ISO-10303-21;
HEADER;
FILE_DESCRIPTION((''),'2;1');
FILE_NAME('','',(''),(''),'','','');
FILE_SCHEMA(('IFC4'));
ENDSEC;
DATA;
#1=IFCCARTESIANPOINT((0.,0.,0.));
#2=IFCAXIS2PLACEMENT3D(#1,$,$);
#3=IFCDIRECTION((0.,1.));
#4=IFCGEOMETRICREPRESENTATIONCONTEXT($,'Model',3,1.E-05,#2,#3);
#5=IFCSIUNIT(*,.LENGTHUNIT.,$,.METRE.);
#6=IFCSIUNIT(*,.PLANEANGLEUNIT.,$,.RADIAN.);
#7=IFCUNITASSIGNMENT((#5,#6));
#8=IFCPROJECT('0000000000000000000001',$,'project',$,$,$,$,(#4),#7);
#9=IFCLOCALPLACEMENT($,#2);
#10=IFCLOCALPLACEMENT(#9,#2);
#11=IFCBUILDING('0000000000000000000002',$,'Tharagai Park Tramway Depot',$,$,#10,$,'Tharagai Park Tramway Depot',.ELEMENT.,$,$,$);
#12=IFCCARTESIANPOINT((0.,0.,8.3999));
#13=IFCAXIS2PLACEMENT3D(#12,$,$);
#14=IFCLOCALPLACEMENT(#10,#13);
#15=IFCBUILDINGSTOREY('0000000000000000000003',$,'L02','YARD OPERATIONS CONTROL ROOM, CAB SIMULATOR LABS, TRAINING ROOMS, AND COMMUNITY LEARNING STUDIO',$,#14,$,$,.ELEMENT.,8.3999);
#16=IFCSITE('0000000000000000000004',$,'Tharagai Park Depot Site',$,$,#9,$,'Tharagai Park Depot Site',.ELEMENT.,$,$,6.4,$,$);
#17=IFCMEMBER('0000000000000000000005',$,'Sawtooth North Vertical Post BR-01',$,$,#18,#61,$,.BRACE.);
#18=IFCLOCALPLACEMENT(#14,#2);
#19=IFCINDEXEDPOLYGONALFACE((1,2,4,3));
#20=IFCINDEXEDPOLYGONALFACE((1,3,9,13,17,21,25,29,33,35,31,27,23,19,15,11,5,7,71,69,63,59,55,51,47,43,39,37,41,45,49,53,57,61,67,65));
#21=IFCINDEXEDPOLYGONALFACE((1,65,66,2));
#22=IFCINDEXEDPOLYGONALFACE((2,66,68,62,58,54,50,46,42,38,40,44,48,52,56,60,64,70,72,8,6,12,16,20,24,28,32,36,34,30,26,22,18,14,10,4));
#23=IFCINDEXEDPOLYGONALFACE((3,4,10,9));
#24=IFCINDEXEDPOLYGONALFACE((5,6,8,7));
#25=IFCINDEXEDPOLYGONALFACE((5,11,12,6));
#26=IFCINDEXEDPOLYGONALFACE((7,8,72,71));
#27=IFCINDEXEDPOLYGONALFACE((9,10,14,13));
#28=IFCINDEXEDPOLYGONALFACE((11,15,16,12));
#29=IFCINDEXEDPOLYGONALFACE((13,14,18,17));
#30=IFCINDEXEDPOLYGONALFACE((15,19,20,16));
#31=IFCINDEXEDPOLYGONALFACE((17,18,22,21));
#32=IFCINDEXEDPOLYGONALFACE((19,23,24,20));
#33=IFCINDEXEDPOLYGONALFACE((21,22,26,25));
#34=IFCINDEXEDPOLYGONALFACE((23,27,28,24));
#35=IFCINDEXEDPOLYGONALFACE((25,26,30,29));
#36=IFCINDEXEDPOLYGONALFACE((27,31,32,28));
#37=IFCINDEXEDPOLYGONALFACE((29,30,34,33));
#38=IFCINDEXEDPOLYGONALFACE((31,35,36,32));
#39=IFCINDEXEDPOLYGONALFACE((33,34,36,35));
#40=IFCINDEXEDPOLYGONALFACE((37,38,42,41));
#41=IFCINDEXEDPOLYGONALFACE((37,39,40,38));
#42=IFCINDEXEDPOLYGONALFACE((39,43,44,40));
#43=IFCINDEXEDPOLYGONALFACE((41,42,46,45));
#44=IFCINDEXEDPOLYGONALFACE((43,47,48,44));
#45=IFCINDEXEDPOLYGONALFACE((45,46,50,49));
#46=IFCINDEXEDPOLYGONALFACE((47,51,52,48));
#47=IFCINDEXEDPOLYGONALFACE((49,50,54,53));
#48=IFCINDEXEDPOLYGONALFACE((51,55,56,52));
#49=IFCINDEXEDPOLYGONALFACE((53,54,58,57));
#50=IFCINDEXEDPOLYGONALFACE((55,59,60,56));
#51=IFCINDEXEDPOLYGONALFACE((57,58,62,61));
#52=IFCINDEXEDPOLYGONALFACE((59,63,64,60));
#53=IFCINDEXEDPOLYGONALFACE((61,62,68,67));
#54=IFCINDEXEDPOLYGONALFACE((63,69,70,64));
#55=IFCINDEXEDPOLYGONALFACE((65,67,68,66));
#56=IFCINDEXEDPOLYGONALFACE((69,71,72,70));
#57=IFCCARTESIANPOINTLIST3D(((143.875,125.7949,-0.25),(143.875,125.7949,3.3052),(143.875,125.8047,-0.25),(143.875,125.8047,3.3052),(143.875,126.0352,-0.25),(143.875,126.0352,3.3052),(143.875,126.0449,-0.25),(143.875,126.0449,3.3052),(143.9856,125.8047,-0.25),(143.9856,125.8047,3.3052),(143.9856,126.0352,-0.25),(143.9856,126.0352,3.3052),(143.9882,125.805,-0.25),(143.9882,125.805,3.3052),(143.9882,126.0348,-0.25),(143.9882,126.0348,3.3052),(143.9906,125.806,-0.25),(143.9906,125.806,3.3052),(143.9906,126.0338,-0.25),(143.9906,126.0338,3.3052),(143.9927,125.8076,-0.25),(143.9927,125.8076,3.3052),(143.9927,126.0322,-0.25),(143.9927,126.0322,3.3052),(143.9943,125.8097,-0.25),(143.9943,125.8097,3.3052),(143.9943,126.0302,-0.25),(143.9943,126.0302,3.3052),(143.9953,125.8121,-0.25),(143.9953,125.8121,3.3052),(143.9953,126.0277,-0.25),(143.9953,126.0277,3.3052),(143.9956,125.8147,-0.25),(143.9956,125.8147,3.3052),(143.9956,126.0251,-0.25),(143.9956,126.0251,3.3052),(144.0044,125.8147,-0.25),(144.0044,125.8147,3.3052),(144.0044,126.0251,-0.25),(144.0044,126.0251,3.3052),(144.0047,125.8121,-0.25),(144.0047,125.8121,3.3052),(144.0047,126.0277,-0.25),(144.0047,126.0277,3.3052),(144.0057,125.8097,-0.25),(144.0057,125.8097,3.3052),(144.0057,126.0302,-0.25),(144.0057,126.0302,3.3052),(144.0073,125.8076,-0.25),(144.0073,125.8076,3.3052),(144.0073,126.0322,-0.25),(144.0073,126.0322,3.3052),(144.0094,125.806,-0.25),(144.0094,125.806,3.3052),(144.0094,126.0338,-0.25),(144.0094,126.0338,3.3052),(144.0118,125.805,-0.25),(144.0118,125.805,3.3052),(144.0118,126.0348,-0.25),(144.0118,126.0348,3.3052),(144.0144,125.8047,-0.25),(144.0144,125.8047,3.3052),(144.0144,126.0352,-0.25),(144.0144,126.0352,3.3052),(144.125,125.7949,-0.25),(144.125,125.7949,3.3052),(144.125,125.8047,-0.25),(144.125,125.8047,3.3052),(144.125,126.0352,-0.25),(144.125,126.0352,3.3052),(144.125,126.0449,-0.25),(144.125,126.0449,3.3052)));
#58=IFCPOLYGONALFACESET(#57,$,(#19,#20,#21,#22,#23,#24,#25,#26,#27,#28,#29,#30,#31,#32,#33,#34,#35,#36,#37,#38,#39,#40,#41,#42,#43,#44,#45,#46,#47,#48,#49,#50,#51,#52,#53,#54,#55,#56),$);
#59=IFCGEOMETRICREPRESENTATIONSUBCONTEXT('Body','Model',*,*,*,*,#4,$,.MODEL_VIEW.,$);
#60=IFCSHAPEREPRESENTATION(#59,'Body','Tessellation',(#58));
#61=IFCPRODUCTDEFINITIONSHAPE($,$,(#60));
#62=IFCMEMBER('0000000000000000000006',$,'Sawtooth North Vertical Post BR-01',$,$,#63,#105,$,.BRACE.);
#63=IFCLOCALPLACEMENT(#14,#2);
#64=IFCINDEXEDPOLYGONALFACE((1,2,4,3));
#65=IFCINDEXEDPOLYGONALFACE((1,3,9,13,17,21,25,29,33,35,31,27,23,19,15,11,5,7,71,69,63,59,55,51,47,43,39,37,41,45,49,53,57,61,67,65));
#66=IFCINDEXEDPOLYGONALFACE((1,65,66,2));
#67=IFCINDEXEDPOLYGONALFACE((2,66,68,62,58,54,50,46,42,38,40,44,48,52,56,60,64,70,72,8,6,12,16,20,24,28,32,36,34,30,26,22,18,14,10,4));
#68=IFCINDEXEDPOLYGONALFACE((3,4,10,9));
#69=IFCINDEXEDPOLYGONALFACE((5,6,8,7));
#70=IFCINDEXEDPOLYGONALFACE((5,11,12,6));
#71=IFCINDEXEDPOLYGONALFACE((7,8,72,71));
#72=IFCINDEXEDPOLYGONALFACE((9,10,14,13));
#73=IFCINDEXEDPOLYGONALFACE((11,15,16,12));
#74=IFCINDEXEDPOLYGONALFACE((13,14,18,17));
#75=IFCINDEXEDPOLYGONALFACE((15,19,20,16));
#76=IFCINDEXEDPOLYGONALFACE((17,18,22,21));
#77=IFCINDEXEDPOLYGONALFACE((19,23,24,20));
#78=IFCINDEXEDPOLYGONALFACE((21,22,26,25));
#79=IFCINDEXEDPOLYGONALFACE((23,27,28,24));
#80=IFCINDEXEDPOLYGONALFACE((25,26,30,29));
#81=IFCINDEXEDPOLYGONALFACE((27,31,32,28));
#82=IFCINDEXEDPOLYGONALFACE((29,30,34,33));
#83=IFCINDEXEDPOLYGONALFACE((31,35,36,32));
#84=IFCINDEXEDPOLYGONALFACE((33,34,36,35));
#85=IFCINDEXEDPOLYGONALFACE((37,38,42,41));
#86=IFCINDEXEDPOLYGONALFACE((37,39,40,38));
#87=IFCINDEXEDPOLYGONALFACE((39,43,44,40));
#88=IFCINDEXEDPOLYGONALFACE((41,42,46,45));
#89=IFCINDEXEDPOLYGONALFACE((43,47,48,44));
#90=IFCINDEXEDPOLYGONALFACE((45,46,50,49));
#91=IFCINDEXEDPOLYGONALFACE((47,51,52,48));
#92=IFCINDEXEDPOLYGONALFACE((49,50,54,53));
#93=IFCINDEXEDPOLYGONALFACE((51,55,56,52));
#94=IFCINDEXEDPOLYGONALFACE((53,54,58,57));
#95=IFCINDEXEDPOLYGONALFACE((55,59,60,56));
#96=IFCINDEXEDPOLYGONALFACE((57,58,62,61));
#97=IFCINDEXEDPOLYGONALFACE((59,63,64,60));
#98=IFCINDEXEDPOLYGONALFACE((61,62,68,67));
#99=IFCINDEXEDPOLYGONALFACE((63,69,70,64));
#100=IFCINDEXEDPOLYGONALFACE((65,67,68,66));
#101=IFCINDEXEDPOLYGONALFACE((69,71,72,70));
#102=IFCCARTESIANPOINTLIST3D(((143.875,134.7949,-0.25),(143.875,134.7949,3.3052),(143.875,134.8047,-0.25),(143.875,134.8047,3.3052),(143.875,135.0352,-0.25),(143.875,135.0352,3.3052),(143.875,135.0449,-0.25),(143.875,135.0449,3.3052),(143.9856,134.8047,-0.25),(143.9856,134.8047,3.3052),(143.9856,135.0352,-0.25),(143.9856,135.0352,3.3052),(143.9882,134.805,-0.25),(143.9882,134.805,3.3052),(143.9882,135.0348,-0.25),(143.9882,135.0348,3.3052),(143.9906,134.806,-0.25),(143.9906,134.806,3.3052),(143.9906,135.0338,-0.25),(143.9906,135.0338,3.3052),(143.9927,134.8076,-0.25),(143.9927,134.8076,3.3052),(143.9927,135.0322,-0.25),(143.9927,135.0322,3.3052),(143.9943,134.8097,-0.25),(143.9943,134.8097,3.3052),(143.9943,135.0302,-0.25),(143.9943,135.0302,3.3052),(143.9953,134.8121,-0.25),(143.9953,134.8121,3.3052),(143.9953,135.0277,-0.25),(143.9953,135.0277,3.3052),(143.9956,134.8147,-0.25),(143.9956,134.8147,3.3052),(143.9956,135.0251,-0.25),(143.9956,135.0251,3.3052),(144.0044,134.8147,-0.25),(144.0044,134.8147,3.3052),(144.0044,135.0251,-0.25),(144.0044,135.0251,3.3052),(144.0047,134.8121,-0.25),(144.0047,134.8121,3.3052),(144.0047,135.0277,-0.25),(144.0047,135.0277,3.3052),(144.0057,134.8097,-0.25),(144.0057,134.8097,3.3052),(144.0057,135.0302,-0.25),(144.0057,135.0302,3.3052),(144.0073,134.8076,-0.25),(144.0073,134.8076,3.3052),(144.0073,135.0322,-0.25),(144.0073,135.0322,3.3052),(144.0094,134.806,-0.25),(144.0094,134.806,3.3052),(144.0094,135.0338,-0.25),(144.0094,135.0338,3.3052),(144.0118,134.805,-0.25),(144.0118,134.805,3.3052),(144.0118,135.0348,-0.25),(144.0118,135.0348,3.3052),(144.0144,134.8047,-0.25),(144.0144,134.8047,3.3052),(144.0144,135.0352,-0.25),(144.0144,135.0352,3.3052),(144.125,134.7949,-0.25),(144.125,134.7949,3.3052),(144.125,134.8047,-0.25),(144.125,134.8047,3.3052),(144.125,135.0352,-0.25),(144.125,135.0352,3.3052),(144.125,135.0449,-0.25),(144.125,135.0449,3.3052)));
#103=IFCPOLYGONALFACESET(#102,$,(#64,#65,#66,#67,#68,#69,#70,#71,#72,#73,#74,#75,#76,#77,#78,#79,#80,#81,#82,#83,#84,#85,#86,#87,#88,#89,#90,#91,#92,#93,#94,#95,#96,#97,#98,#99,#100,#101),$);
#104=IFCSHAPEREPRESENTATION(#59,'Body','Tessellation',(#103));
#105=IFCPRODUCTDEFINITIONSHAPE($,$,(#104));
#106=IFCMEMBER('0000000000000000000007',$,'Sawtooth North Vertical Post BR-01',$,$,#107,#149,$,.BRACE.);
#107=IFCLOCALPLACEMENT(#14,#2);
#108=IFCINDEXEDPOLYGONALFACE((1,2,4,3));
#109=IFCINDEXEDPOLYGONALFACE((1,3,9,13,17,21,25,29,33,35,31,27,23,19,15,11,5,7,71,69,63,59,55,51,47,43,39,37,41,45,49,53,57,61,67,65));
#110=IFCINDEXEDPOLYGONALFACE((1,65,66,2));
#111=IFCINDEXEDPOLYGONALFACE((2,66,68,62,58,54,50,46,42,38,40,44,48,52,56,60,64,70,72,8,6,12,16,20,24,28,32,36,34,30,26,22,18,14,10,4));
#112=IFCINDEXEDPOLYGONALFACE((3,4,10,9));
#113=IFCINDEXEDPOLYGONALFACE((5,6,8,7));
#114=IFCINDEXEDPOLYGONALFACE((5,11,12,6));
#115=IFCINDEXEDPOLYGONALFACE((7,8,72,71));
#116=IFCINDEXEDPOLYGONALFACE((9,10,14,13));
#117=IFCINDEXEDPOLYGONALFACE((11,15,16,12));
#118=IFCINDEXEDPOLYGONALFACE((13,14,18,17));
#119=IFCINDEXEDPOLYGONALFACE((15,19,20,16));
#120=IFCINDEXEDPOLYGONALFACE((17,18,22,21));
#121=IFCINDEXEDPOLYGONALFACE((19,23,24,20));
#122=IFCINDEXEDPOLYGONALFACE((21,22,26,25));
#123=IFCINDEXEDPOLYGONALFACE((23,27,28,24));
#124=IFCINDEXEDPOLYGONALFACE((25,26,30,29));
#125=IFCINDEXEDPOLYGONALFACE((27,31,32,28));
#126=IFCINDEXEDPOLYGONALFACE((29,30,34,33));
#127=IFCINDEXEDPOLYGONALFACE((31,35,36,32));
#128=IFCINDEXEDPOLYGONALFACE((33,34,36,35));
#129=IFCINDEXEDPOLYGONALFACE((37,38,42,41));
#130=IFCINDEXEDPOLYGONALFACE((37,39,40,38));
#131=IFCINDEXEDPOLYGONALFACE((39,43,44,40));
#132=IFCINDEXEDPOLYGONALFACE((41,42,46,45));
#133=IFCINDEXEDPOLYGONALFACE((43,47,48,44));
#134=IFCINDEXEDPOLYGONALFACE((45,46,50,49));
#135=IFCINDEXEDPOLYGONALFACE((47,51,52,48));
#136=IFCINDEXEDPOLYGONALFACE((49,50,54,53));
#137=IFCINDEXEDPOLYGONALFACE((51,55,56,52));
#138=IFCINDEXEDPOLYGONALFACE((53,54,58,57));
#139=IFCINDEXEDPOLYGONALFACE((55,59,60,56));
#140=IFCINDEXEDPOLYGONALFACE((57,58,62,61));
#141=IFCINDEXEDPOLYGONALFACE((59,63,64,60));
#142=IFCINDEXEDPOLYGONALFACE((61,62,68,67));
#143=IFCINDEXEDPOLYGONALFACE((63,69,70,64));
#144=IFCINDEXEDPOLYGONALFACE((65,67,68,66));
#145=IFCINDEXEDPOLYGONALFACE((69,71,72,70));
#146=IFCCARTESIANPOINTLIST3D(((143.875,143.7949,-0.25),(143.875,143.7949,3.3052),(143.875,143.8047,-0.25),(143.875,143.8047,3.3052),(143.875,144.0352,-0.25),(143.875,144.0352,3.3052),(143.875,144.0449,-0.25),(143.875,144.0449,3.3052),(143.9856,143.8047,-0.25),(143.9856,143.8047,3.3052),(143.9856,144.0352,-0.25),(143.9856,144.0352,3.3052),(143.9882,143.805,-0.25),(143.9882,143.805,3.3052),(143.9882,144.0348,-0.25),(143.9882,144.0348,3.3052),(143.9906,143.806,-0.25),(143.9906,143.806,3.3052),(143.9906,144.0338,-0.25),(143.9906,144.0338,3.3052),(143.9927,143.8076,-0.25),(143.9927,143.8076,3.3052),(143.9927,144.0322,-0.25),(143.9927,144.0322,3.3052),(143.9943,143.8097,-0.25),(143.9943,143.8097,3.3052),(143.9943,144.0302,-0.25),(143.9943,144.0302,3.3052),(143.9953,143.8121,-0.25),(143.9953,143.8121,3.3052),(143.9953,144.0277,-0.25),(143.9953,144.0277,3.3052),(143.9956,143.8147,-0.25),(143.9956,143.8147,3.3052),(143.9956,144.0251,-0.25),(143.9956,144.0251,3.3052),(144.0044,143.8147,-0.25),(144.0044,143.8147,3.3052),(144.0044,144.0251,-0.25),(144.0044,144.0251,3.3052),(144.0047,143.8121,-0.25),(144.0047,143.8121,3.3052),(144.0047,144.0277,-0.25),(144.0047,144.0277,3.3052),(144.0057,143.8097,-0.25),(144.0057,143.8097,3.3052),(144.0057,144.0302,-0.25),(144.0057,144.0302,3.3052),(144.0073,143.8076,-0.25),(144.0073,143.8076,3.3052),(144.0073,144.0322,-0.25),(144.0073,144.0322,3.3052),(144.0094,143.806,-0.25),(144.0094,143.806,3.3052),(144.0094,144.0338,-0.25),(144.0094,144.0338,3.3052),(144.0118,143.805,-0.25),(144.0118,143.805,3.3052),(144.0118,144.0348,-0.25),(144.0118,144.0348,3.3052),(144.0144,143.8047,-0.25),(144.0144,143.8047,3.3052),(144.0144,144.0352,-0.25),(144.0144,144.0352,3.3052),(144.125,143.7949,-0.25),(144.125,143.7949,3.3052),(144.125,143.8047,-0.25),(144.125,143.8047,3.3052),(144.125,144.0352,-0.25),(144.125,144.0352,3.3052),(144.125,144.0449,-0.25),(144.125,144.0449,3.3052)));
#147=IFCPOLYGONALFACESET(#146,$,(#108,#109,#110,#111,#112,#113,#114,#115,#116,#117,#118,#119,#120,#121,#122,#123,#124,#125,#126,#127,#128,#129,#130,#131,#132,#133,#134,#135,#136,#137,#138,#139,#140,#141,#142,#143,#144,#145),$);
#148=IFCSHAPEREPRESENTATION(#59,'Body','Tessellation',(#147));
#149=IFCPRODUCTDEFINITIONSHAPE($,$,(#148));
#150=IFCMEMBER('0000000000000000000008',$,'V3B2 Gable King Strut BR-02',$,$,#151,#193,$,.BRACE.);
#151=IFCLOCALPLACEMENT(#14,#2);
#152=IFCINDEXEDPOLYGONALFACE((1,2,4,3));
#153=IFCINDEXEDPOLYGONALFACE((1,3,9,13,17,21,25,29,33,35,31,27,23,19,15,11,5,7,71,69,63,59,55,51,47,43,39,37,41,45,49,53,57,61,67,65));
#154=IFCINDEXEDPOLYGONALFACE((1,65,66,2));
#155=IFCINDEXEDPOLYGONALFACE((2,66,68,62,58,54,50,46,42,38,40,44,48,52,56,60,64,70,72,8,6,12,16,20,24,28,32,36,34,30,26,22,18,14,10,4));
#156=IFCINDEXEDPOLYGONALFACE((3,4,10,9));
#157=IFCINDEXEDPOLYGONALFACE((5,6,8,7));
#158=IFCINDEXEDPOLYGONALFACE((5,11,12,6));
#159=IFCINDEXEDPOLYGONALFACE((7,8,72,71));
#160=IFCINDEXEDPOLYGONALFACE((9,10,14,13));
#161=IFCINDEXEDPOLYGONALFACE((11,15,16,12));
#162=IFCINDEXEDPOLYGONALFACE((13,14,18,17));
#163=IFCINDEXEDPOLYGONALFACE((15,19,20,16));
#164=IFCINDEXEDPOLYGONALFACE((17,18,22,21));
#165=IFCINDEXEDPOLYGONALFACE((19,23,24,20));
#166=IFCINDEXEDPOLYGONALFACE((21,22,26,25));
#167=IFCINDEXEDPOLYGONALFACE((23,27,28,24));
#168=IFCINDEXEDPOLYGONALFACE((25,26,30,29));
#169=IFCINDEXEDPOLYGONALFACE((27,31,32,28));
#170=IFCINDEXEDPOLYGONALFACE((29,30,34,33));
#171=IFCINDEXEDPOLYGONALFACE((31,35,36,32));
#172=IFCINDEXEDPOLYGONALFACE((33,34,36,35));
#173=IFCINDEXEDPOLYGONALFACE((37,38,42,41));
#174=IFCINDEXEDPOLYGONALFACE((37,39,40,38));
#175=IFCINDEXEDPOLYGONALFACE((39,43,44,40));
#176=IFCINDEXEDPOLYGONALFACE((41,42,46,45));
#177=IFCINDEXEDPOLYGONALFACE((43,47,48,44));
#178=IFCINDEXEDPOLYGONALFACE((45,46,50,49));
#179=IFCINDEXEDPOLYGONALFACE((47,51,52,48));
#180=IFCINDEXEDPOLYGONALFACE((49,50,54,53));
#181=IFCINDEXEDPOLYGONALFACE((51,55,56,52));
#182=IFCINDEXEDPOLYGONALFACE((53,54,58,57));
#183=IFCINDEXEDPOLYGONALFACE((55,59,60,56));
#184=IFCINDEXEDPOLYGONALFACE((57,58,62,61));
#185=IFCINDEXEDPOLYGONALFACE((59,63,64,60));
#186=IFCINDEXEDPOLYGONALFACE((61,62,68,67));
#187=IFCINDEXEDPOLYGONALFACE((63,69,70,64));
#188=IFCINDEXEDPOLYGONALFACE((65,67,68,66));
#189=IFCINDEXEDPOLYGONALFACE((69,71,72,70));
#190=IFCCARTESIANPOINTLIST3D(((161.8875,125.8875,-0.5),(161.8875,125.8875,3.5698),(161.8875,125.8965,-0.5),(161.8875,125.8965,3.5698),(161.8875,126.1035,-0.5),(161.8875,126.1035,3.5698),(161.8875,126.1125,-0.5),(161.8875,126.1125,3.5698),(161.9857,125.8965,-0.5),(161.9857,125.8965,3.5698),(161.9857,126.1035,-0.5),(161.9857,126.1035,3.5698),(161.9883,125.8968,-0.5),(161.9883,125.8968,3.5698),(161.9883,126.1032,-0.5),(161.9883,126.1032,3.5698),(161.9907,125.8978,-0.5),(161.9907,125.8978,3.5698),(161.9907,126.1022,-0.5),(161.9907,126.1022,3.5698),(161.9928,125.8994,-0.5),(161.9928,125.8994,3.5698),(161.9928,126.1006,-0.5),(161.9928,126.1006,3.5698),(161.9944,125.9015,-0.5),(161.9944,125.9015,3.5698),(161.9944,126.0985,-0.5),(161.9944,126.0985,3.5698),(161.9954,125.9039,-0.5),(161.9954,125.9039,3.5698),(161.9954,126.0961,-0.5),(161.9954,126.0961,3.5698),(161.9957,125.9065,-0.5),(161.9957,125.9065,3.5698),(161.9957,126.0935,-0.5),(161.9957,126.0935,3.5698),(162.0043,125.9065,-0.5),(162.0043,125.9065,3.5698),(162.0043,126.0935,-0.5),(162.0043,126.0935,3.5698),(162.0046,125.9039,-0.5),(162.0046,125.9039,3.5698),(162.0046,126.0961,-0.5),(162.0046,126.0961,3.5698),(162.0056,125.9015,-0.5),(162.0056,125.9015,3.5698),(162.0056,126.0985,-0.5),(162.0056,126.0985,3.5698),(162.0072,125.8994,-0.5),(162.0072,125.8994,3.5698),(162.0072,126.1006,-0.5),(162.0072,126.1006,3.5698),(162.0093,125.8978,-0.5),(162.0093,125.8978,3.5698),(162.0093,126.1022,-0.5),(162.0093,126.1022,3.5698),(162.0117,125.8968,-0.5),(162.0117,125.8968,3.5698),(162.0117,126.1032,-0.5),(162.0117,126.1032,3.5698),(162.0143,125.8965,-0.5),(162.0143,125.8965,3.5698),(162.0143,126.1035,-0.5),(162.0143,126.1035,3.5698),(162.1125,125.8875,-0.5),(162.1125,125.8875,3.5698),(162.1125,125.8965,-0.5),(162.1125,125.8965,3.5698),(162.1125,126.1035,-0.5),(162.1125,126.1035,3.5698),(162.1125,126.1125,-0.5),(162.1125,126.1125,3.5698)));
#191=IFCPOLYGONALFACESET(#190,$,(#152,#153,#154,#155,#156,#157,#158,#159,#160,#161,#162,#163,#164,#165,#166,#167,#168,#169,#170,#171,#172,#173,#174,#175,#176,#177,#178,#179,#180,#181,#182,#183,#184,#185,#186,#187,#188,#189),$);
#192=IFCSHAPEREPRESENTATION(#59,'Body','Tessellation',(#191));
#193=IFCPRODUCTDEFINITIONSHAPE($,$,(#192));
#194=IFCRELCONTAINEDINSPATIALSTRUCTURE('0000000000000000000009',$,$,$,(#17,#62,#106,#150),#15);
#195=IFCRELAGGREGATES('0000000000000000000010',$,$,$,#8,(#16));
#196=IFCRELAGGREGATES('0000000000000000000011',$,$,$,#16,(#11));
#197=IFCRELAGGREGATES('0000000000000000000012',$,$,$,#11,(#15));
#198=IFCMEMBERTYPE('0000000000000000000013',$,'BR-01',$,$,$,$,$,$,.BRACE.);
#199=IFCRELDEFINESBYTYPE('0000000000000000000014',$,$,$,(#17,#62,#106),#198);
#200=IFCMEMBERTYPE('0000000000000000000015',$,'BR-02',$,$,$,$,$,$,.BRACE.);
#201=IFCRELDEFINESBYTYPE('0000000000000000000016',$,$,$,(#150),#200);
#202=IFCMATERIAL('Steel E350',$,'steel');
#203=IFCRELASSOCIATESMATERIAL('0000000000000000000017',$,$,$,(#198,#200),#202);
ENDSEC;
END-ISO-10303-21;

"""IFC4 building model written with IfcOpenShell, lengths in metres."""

from ifc_helpers import new_model, si_unit, direction, frame, origin, origin_2d, place, context, subcontext, project, spatial, i_section, extrude, material, material_profile, profile_set, type_object, element, save


model = new_model("IFC4")

# Units and contexts
model_context = context("Model", 3, precision=1e-05, world=origin(), true_north=direction((0.0, 1.0)))
body_context = subcontext(model_context, "Body", "Model", "MODEL_VIEW")
ifc_project = project(units=[si_unit("LENGTHUNIT", "METRE"), si_unit("PLANEANGLEUNIT", "RADIAN")], contexts=[model_context])

# Site, building, storey
site_placement = place(None, origin())
site = spatial("IfcSite", under=ifc_project, at=site_placement, Name="Tharagai Park Depot Site", LongName="Tharagai Park Depot Site", CompositionType="ELEMENT", RefElevation=6.4)
building_placement = place(site_placement, origin())
building = spatial("IfcBuilding", under=site, at=building_placement, Name="Tharagai Park Tramway Depot", LongName="Tharagai Park Tramway Depot", CompositionType="ELEMENT")
storey_placement = place(building_placement, frame((0.0, 0.0, 8.3999)))
storey = spatial("IfcBuildingStorey", under=building, at=storey_placement, Name="L02", Description="YARD OPERATIONS CONTROL ROOM, CAB SIMULATOR LABS, TRAINING ROOMS, AND COMMUNITY LEARNING STUDIO", CompositionType="ELEMENT", Elevation=8.3999)

# Members
ifc_material_1 = material(Name="Steel E350", Category="steel")
ifc_material_profile_1 = material_profile(ifc_material_1, i_section(OverallWidth=0.25, OverallDepth=0.25, WebThickness=0.0088, FlangeThickness=0.0098, FilletRadius=0.01, at=origin_2d()), Name="ISHB 250")
ifc_profile_set_1 = profile_set([ifc_material_profile_1], Name="Steel E350")
member_type_1 = type_object("IfcMemberType", Name="BR-01", PredefinedType="BRACE", material=ifc_profile_set_1)
for number, where, z_axis, x_axis, name in (
    (1, (144.0, 125.9199, -0.25), (0.0, 0.0, 1.0), (1.0, 0.0, 0.0), "Sawtooth North Vertical Post BR-01"),
    (2, (144.0, 134.9199, -0.25), (0.0, 0.0, 1.0), (1.0, 0.0, 0.0), "Sawtooth North Vertical Post BR-01"),
    (3, (144.0, 143.9199, -0.25), (0.0, 0.0, 1.0), (1.0, 0.0, 0.0), "Sawtooth North Vertical Post BR-01"),
):
    element("IfcMember", number, at=place(storey_placement, frame(where, z_axis=z_axis, x_axis=x_axis)), inside=storey, type_object=member_type_1, Name=name, PredefinedType="BRACE", context=body_context, shape_type="SweptSolid", body=[
        extrude(i_section(OverallWidth=0.25, OverallDepth=0.25, WebThickness=0.0088, FlangeThickness=0.0098, FilletRadius=0.01, at=origin_2d()), origin(), (0.0, 0.0, 1.0), 3.5552),
    ])
ifc_material_profile_2 = material_profile(ifc_material_1, i_section(OverallWidth=0.2251, OverallDepth=0.2251, WebThickness=0.0085, FlangeThickness=0.009, FilletRadius=0.01, at=origin_2d()), Name="ISHB 225")
ifc_profile_set_2 = profile_set([ifc_material_profile_2], Name="Steel E350")
member_type_2 = type_object("IfcMemberType", Name="BR-02", PredefinedType="BRACE", material=ifc_profile_set_2)
member_1_placement = place(storey_placement, frame((162.0, 126.0, -0.5), z_axis=(0.0, 0.0, 1.0), x_axis=(1.0, 0.0, 0.0)))
element("IfcMember", 4, at=member_1_placement, inside=storey, type_object=member_type_2, Name="V3B2 Gable King Strut BR-02", PredefinedType="BRACE", context=body_context, shape_type="SweptSolid", body=[
    extrude(i_section(OverallWidth=0.2251, OverallDepth=0.2251, WebThickness=0.0085, FlangeThickness=0.009, FilletRadius=0.01, at=origin_2d()), origin(), (0.0, 0.0, 1.0), 4.0698),
])

save(model, "model.ifc")
